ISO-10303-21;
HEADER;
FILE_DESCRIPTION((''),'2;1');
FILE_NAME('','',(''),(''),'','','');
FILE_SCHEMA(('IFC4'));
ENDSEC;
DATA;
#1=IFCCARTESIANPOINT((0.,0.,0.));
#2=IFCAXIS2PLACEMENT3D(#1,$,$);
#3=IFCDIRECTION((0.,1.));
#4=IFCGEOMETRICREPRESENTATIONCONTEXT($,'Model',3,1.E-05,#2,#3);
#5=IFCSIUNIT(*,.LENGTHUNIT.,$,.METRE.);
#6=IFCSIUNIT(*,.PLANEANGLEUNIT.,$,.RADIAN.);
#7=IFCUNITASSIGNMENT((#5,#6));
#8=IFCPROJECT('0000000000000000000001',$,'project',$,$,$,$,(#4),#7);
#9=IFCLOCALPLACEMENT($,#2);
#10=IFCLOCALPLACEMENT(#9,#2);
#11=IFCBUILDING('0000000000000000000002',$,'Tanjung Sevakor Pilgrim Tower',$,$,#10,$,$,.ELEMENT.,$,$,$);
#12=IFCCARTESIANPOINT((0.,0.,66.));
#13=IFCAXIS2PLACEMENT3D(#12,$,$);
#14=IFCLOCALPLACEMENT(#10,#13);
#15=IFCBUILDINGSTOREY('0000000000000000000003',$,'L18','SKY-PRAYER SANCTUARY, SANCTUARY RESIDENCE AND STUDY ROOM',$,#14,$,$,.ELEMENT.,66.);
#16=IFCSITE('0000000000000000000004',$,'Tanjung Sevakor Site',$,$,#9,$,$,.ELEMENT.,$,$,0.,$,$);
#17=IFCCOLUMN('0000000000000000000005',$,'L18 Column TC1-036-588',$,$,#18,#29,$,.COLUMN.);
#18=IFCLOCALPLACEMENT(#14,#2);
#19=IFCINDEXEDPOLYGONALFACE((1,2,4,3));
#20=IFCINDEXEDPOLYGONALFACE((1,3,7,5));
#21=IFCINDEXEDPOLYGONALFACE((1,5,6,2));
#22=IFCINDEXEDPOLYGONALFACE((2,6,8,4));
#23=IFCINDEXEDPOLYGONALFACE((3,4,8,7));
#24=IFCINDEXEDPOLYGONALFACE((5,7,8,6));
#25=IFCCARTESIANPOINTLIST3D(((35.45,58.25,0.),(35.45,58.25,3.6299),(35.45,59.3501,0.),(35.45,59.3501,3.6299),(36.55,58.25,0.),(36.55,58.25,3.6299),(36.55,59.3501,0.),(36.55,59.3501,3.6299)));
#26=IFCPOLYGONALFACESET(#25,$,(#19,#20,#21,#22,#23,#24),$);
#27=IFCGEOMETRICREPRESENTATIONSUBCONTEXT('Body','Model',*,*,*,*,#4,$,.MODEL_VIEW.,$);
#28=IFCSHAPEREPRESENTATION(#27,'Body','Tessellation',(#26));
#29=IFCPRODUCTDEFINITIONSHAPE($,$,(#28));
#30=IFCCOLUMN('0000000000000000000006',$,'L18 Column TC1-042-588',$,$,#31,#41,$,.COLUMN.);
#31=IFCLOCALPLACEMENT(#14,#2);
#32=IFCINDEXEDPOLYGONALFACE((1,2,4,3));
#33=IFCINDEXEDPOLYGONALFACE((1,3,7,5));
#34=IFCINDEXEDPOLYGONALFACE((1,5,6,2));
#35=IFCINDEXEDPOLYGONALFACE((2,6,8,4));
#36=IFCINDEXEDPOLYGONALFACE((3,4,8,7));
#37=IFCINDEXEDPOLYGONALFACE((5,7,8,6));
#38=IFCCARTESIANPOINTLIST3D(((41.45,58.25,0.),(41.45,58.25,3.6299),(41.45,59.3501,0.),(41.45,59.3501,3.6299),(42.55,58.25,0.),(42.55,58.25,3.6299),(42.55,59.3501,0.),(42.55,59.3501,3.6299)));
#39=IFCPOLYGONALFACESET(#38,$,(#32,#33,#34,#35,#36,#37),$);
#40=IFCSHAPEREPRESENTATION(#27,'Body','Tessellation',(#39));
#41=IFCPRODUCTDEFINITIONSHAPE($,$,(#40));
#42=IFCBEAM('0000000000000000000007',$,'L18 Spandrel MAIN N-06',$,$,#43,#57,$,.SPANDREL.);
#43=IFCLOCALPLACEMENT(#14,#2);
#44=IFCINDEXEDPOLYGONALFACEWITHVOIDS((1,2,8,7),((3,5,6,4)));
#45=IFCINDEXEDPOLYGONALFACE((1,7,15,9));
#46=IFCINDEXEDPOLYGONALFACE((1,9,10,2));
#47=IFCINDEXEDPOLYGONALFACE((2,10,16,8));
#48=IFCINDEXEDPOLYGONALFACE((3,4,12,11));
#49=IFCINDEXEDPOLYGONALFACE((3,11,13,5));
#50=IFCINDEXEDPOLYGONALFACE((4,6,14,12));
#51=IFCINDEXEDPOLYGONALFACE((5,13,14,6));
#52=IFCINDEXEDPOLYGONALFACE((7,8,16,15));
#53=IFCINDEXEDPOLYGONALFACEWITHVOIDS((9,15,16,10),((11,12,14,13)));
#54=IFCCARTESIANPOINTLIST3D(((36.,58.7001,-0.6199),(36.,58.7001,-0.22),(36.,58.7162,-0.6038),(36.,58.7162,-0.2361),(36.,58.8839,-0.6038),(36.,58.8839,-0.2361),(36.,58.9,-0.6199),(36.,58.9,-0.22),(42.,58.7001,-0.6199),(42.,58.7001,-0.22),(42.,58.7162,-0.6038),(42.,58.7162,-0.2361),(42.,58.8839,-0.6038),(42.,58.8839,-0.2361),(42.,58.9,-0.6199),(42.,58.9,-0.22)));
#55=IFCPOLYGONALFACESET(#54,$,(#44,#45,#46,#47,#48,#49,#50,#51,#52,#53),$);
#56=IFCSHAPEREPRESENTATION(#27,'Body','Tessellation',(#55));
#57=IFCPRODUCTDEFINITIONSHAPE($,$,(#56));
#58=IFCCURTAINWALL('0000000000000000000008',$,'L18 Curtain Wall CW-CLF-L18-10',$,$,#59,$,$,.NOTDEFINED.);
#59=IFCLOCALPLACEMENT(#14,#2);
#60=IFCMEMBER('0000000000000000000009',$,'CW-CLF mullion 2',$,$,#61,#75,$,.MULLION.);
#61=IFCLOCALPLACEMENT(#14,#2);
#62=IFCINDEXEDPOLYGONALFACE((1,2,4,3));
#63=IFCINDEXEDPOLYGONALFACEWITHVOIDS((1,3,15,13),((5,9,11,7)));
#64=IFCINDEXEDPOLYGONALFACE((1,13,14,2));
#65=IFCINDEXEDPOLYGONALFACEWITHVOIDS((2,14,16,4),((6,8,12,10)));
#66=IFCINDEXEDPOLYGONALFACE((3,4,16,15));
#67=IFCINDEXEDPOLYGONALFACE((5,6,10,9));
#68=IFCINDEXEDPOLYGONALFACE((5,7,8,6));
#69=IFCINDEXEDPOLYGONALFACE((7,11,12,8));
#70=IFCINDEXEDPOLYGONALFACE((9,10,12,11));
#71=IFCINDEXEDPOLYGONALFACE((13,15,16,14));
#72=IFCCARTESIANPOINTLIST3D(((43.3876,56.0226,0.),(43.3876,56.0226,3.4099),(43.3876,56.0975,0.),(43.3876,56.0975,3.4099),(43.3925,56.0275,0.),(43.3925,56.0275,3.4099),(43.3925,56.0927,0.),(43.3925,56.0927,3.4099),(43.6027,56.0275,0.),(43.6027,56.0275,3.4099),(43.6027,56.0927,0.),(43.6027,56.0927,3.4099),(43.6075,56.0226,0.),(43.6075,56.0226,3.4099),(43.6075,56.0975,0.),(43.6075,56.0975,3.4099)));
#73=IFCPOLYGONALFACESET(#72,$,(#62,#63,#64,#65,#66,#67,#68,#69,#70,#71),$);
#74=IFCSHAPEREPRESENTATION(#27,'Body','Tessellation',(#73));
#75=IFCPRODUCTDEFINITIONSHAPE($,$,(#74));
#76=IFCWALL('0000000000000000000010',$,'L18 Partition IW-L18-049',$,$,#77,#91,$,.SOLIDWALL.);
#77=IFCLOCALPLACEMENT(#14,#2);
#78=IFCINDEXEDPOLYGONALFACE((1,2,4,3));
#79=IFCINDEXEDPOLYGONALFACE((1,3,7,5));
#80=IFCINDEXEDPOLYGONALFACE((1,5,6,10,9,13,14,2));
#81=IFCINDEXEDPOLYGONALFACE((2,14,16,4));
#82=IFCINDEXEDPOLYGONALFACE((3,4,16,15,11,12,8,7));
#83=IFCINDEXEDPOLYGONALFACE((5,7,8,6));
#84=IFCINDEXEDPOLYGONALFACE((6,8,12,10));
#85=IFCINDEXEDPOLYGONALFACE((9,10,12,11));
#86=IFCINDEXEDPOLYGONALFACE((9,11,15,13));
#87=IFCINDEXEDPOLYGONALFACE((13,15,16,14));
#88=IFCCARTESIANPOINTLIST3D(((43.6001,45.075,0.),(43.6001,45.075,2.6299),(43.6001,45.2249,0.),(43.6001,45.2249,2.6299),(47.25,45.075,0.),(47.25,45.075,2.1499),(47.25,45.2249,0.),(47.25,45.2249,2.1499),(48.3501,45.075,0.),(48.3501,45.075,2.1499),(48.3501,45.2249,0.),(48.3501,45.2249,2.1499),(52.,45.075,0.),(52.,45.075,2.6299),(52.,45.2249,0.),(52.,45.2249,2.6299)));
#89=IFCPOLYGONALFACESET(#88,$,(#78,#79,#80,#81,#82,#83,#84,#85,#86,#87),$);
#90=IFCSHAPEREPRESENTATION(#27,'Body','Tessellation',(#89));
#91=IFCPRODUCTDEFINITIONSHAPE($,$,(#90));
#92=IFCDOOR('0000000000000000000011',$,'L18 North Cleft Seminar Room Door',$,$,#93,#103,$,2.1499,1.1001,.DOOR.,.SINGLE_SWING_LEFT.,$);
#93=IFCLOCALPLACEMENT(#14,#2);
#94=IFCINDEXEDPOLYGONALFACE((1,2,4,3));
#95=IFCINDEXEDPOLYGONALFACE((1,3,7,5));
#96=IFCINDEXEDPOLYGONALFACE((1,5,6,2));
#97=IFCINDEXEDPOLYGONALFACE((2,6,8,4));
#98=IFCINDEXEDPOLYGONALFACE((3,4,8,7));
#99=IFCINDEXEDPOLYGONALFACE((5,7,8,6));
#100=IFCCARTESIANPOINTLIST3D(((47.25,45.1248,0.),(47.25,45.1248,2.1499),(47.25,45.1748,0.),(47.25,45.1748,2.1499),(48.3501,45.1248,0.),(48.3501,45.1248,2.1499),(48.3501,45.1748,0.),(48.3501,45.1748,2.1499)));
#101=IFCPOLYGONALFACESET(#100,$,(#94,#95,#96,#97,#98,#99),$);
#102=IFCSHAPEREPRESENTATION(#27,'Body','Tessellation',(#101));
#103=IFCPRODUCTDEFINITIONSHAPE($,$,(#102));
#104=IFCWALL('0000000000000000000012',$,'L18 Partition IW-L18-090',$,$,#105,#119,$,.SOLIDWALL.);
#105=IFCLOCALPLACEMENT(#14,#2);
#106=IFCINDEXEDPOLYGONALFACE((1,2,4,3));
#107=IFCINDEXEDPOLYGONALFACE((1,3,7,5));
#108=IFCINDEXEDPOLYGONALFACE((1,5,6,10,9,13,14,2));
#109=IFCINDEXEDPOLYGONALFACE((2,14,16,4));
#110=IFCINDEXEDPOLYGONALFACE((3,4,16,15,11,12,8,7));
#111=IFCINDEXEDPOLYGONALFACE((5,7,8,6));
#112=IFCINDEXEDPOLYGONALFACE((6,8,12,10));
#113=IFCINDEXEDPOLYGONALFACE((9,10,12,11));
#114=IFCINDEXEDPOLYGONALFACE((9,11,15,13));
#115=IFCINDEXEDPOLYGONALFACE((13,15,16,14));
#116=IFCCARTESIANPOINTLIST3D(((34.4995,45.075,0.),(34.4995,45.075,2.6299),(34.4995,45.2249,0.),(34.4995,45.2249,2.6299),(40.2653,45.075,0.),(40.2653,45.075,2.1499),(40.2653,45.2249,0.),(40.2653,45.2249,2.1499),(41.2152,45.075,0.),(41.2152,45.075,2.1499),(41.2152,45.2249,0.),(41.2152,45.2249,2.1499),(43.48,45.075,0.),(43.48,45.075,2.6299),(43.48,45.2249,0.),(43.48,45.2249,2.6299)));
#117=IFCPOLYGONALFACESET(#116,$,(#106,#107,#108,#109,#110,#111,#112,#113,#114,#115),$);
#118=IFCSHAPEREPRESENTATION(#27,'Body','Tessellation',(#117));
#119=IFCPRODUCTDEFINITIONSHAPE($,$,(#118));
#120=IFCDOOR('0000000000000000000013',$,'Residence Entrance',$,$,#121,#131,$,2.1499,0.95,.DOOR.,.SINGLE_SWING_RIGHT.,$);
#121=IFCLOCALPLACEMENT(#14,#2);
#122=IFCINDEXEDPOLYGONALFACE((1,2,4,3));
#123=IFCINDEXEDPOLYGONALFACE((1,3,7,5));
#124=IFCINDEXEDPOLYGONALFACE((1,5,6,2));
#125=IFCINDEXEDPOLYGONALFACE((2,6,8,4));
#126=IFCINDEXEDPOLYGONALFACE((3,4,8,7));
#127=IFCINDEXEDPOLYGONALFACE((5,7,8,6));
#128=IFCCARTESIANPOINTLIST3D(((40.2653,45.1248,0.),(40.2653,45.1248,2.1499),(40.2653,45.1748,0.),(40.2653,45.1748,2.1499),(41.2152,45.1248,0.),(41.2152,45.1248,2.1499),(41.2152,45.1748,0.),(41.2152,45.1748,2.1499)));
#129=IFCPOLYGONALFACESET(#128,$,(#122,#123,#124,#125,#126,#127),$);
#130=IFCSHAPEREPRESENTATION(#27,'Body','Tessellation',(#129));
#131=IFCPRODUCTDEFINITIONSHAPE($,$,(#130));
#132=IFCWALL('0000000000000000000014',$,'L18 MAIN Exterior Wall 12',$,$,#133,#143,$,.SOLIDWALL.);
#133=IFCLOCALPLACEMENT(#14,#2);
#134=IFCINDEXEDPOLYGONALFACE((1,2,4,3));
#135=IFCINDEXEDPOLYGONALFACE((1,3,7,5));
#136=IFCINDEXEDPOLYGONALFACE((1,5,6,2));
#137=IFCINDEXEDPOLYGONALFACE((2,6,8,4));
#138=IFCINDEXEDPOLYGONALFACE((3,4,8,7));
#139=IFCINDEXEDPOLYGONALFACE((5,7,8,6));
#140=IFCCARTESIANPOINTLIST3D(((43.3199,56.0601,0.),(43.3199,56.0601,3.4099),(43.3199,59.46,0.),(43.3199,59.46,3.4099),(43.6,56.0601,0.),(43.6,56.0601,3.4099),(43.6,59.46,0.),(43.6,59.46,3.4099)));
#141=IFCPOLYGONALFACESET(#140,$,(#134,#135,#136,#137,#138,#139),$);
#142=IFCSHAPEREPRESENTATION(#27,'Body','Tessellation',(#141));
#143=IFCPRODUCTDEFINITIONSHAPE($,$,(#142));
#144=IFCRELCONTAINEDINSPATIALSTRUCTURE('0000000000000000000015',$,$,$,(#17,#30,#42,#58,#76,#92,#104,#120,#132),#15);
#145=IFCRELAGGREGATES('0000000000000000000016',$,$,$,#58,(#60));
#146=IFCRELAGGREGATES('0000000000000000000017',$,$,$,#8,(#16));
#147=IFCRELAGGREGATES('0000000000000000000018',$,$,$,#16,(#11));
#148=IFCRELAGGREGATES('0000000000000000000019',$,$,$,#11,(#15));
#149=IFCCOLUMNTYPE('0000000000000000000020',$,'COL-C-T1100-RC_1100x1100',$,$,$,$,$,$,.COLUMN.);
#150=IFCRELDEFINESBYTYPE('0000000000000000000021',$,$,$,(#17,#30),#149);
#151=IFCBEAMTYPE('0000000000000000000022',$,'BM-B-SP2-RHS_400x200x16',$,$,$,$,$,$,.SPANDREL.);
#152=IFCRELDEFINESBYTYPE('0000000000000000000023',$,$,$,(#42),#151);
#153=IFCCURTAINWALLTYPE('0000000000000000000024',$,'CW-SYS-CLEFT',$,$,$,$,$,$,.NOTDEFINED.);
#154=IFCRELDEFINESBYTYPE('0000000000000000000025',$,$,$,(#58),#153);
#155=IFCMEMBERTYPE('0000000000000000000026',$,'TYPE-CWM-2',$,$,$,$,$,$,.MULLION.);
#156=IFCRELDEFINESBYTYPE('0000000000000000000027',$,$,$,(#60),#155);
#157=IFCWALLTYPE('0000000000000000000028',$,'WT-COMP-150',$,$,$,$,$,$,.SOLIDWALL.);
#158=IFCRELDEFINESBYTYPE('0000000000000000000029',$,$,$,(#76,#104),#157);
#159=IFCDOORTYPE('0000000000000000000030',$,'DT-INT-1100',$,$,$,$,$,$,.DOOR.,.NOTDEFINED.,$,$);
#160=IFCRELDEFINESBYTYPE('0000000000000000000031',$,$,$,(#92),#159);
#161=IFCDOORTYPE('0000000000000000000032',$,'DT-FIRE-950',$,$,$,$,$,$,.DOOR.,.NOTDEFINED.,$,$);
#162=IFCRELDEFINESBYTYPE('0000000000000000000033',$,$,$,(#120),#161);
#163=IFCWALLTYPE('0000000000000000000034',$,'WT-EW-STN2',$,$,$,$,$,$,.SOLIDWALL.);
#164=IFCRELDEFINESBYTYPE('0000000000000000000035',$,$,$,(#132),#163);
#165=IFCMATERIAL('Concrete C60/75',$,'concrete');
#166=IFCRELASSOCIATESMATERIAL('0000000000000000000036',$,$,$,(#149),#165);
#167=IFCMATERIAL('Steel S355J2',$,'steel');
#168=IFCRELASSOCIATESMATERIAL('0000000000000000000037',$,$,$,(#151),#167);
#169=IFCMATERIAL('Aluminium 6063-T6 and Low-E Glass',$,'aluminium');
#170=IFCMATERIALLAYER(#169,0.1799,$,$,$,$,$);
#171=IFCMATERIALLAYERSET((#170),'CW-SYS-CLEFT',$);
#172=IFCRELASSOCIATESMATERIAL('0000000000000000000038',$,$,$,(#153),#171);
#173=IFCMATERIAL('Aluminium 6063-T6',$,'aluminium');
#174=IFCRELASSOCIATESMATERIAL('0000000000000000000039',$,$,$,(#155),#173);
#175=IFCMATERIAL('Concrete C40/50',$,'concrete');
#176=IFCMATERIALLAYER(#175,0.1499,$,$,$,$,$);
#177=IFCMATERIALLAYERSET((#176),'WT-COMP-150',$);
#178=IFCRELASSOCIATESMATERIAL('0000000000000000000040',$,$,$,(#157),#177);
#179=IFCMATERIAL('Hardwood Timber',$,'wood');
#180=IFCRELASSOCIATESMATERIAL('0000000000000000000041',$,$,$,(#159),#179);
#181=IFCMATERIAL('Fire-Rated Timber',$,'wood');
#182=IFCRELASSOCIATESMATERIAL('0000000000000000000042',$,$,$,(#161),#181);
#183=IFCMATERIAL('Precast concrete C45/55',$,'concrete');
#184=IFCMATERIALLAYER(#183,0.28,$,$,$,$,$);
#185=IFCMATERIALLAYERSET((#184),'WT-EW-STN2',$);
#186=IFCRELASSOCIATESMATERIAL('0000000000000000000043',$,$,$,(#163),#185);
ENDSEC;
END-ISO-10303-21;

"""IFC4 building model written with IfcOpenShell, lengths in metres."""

from ifc_helpers import new_model, si_unit, direction, frame, frame_2d, origin, origin_2d, place, context, subcontext, project, spatial, rectangle, hollow_rectangle, extrude, material, layer, layer_set, material_profile, profile_set, type_object, element, fill, aggregate, save


model = new_model("IFC4")

# Units and contexts
model_context = context("Model", 3, precision=1e-05, world=origin(), true_north=direction((0.0, 1.0)))
body_context = subcontext(model_context, "Body", "Model", "MODEL_VIEW")
ifc_project = project(units=[si_unit("LENGTHUNIT", "METRE"), si_unit("PLANEANGLEUNIT", "RADIAN")], contexts=[model_context])

# Site, building, storey
site_placement = place(None, origin())
site = spatial("IfcSite", under=ifc_project, at=site_placement, Name="Tanjung Sevakor Site", CompositionType="ELEMENT", RefElevation=0.0)
building_placement = place(site_placement, origin())
building = spatial("IfcBuilding", under=site, at=building_placement, Name="Tanjung Sevakor Pilgrim Tower", CompositionType="ELEMENT")
storey_placement = place(building_placement, frame((0.0, 0.0, 66.0)))
storey = spatial("IfcBuildingStorey", under=building, at=storey_placement, Name="L18", Description="SKY-PRAYER SANCTUARY, SANCTUARY RESIDENCE AND STUDY ROOM", CompositionType="ELEMENT", Elevation=66.0)

# Columns
ifc_material_1 = material(Name="Concrete C60/75", Category="concrete")
ifc_material_profile_1 = material_profile(ifc_material_1, rectangle(XDim=1.1001, YDim=1.1001, at=origin_2d()))
ifc_profile_set_1 = profile_set([ifc_material_profile_1], Name="Concrete C60/75")
column_type = type_object("IfcColumnType", Name="COL-C-T1100-RC_1100x1100", PredefinedType="COLUMN", material=ifc_profile_set_1)
for number, where, z_axis, x_axis, name in (
    (1, (36.0, 58.8, 0.0), (0.0, 0.0, 1.0), (1.0, 0.0, 0.0), "L18 Column TC1-036-588"),
    (2, (42.0, 58.8, 0.0), (0.0, 0.0, 1.0), (1.0, 0.0, 0.0), "L18 Column TC1-042-588"),
):
    element("IfcColumn", number, at=place(storey_placement, frame(where, z_axis=z_axis, x_axis=x_axis)), inside=storey, type_object=column_type, Name=name, PredefinedType="COLUMN", context=body_context, shape_type="SweptSolid", body=[
        extrude(rectangle(XDim=1.1001, YDim=1.1001, at=origin_2d()), origin(), (0.0, 0.0, 1.0), 3.6299),
    ])

# Beam
ifc_material_2 = material(Name="Steel S355J2", Category="steel")
ifc_material_profile_2 = material_profile(ifc_material_2, hollow_rectangle(XDim=0.2, YDim=0.3999, WallThickness=0.0161, at=origin_2d()))
ifc_profile_set_2 = profile_set([ifc_material_profile_2], Name="Steel S355J2")
beam_type = type_object("IfcBeamType", Name="BM-B-SP2-RHS_400x200x16", PredefinedType="SPANDREL", material=ifc_profile_set_2)
beam_placement = place(storey_placement, frame((36.0, 58.8, -0.4199), z_axis=(1.0, 0.0, 0.0), x_axis=(0.0, 1.0, 0.0)))
element("IfcBeam", 3, at=beam_placement, inside=storey, type_object=beam_type, Name="L18 Spandrel MAIN N-06", PredefinedType="SPANDREL", context=body_context, shape_type="SweptSolid", body=[
    extrude(hollow_rectangle(XDim=0.2, YDim=0.3999, WallThickness=0.0161, at=origin_2d()), origin(), (0.0, 0.0, 1.0), 6.0),
])

# Curtain wall, member
ifc_material_3 = material(Name="Aluminium 6063-T6 and Low-E Glass", Category="aluminium")
ifc_layer_1 = layer(ifc_material_3, 0.1799)
ifc_layer_set_1 = layer_set([ifc_layer_1], Name="CW-SYS-CLEFT")
curtain_wall_type = type_object("IfcCurtainWallType", Name="CW-SYS-CLEFT", PredefinedType="NOTDEFINED", material=ifc_layer_set_1)
curtain_wall_placement = place(storey_placement, origin())
curtain_wall = element("IfcCurtainWall", 4, at=curtain_wall_placement, inside=storey, type_object=curtain_wall_type, Name="L18 Curtain Wall CW-CLF-L18-10", PredefinedType="NOTDEFINED")
ifc_material_4 = material(Name="Aluminium 6063-T6", Category="aluminium")
ifc_material_profile_3 = material_profile(ifc_material_4, hollow_rectangle(XDim=0.075, YDim=0.22, WallThickness=0.0049, at=origin_2d()))
ifc_profile_set_3 = profile_set([ifc_material_profile_3], Name="Aluminium 6063-T6")
member_type = type_object("IfcMemberType", Name="TYPE-CWM-2", PredefinedType="MULLION", material=ifc_profile_set_3)
member_placement = place(storey_placement, frame((43.4976, 56.0601, 0.0), z_axis=(0.0, 0.0, 1.0), x_axis=(0.0, -1.0, 0.0)))
member = element("IfcMember", 5, at=member_placement, type_object=member_type, Name="CW-CLF mullion 2", PredefinedType="MULLION", context=body_context, shape_type="SweptSolid", body=[
    extrude(hollow_rectangle(XDim=0.075, YDim=0.22, WallThickness=0.0049, at=origin_2d()), origin(), (0.0, 0.0, 1.0), 3.4099),
])
aggregate(curtain_wall, [member])

# Walls, openings, doors
ifc_material_5 = material(Name="Concrete C40/50", Category="concrete")
ifc_layer_2 = layer(ifc_material_5, 0.1499)
ifc_layer_set_2 = layer_set([ifc_layer_2], Name="WT-COMP-150")
wall_type_1 = type_object("IfcWallType", Name="WT-COMP-150", PredefinedType="SOLIDWALL", material=ifc_layer_set_2)
wall_1_placement = place(storey_placement, frame((43.6001, 45.1499, 0.0), z_axis=(0.0, 0.0, 1.0), x_axis=(1.0, 0.0, 0.0)))
wall_1 = element("IfcWall", 6, at=wall_1_placement, inside=storey, type_object=wall_type_1, Name="L18 Partition IW-L18-049", PredefinedType="SOLIDWALL", context=body_context, shape_type="SweptSolid", body=[
    extrude(rectangle(XDim=8.3999, YDim=0.1499, at=frame_2d((4.2, 0.0))), origin(), (0.0, 0.0, 1.0), 2.6299),
])
opening_1_placement = place(wall_1_placement, frame((3.6499, 0.0, 0.0)))
opening_1 = element("IfcOpeningElement", 7, at=opening_1_placement, cuts=wall_1, PredefinedType="OPENING", context=body_context, shape_type="SweptSolid", body=[
    extrude(rectangle(XDim=1.1001, YDim=2.1499, at=frame_2d((0.55, 1.075))), frame((0.0, 0.085, 0.0), z_axis=(0.0, -1.0, 0.0), x_axis=(1.0, 0.0, 0.0)), (0.0, 0.0, 1.0), 0.1699),
])
ifc_material_6 = material(Name="Hardwood Timber", Category="wood")
door_type_1 = type_object("IfcDoorType", Name="DT-INT-1100", OperationType="NOTDEFINED", PredefinedType="DOOR", material=ifc_material_6)
door_1_placement = place(opening_1_placement, origin())
door_1 = element("IfcDoor", 8, at=door_1_placement, inside=storey, type_object=door_type_1, Name="L18 North Cleft Seminar Room Door", OperationType="SINGLE_SWING_LEFT", OverallHeight=2.1499, OverallWidth=1.1001, PredefinedType="DOOR", context=body_context, shape_type="SweptSolid", body=[
    extrude(rectangle(XDim=1.1001, YDim=2.1499, at=frame_2d((0.55, 1.075))), frame((0.0, 0.0249, 0.0), z_axis=(0.0, -1.0, 0.0), x_axis=(1.0, 0.0, 0.0)), (0.0, 0.0, 1.0), 0.05),
])
fill(opening_1, door_1)
wall_2_placement = place(storey_placement, frame((34.4995, 45.1499, 0.0), z_axis=(0.0, 0.0, 1.0), x_axis=(1.0, 0.0, 0.0)))
wall_2 = element("IfcWall", 9, at=wall_2_placement, inside=storey, type_object=wall_type_1, Name="L18 Partition IW-L18-090", PredefinedType="SOLIDWALL", context=body_context, shape_type="SweptSolid", body=[
    extrude(rectangle(XDim=8.9805, YDim=0.1499, at=frame_2d((4.4902, 0.0))), origin(), (0.0, 0.0, 1.0), 2.6299),
])
opening_2_placement = place(wall_2_placement, frame((5.7656, 0.0, 0.0)))
opening_2 = element("IfcOpeningElement", 10, at=opening_2_placement, cuts=wall_2, PredefinedType="OPENING", context=body_context, shape_type="SweptSolid", body=[
    extrude(rectangle(XDim=0.95, YDim=2.1499, at=frame_2d((0.4751, 1.075))), frame((0.0, 0.085, 0.0), z_axis=(0.0, -1.0, 0.0), x_axis=(1.0, 0.0, 0.0)), (0.0, 0.0, 1.0), 0.1699),
])
ifc_material_7 = material(Name="Fire-Rated Timber", Category="wood")
door_type_2 = type_object("IfcDoorType", Name="DT-FIRE-950", OperationType="NOTDEFINED", PredefinedType="DOOR", material=ifc_material_7)
door_2_placement = place(opening_2_placement, origin())
door_2 = element("IfcDoor", 11, at=door_2_placement, inside=storey, type_object=door_type_2, Name="Residence Entrance", OperationType="SINGLE_SWING_RIGHT", OverallHeight=2.1499, OverallWidth=0.95, PredefinedType="DOOR", context=body_context, shape_type="SweptSolid", body=[
    extrude(rectangle(XDim=0.95, YDim=2.1499, at=frame_2d((0.4751, 1.075))), frame((0.0, 0.0249, 0.0), z_axis=(0.0, -1.0, 0.0), x_axis=(1.0, 0.0, 0.0)), (0.0, 0.0, 1.0), 0.05),
])
fill(opening_2, door_2)

# Wall
ifc_material_8 = material(Name="Precast concrete C45/55", Category="concrete")
ifc_layer_3 = layer(ifc_material_8, 0.28)
ifc_layer_set_3 = layer_set([ifc_layer_3], Name="WT-EW-STN2")
wall_type_2 = type_object("IfcWallType", Name="WT-EW-STN2", PredefinedType="SOLIDWALL", material=ifc_layer_set_3)
wall_3_placement = place(storey_placement, frame((43.46, 56.0601, 0.0), z_axis=(0.0, 0.0, 1.0), x_axis=(0.0, 1.0, 0.0)))
element("IfcWall", 12, at=wall_3_placement, inside=storey, type_object=wall_type_2, Name="L18 MAIN Exterior Wall 12", PredefinedType="SOLIDWALL", context=body_context, shape_type="SweptSolid", body=[
    extrude(rectangle(XDim=3.3999, YDim=0.28, at=frame_2d((1.7, 0.0))), origin(), (0.0, 0.0, 1.0), 3.4099),
])

save(model, "model.ifc")
